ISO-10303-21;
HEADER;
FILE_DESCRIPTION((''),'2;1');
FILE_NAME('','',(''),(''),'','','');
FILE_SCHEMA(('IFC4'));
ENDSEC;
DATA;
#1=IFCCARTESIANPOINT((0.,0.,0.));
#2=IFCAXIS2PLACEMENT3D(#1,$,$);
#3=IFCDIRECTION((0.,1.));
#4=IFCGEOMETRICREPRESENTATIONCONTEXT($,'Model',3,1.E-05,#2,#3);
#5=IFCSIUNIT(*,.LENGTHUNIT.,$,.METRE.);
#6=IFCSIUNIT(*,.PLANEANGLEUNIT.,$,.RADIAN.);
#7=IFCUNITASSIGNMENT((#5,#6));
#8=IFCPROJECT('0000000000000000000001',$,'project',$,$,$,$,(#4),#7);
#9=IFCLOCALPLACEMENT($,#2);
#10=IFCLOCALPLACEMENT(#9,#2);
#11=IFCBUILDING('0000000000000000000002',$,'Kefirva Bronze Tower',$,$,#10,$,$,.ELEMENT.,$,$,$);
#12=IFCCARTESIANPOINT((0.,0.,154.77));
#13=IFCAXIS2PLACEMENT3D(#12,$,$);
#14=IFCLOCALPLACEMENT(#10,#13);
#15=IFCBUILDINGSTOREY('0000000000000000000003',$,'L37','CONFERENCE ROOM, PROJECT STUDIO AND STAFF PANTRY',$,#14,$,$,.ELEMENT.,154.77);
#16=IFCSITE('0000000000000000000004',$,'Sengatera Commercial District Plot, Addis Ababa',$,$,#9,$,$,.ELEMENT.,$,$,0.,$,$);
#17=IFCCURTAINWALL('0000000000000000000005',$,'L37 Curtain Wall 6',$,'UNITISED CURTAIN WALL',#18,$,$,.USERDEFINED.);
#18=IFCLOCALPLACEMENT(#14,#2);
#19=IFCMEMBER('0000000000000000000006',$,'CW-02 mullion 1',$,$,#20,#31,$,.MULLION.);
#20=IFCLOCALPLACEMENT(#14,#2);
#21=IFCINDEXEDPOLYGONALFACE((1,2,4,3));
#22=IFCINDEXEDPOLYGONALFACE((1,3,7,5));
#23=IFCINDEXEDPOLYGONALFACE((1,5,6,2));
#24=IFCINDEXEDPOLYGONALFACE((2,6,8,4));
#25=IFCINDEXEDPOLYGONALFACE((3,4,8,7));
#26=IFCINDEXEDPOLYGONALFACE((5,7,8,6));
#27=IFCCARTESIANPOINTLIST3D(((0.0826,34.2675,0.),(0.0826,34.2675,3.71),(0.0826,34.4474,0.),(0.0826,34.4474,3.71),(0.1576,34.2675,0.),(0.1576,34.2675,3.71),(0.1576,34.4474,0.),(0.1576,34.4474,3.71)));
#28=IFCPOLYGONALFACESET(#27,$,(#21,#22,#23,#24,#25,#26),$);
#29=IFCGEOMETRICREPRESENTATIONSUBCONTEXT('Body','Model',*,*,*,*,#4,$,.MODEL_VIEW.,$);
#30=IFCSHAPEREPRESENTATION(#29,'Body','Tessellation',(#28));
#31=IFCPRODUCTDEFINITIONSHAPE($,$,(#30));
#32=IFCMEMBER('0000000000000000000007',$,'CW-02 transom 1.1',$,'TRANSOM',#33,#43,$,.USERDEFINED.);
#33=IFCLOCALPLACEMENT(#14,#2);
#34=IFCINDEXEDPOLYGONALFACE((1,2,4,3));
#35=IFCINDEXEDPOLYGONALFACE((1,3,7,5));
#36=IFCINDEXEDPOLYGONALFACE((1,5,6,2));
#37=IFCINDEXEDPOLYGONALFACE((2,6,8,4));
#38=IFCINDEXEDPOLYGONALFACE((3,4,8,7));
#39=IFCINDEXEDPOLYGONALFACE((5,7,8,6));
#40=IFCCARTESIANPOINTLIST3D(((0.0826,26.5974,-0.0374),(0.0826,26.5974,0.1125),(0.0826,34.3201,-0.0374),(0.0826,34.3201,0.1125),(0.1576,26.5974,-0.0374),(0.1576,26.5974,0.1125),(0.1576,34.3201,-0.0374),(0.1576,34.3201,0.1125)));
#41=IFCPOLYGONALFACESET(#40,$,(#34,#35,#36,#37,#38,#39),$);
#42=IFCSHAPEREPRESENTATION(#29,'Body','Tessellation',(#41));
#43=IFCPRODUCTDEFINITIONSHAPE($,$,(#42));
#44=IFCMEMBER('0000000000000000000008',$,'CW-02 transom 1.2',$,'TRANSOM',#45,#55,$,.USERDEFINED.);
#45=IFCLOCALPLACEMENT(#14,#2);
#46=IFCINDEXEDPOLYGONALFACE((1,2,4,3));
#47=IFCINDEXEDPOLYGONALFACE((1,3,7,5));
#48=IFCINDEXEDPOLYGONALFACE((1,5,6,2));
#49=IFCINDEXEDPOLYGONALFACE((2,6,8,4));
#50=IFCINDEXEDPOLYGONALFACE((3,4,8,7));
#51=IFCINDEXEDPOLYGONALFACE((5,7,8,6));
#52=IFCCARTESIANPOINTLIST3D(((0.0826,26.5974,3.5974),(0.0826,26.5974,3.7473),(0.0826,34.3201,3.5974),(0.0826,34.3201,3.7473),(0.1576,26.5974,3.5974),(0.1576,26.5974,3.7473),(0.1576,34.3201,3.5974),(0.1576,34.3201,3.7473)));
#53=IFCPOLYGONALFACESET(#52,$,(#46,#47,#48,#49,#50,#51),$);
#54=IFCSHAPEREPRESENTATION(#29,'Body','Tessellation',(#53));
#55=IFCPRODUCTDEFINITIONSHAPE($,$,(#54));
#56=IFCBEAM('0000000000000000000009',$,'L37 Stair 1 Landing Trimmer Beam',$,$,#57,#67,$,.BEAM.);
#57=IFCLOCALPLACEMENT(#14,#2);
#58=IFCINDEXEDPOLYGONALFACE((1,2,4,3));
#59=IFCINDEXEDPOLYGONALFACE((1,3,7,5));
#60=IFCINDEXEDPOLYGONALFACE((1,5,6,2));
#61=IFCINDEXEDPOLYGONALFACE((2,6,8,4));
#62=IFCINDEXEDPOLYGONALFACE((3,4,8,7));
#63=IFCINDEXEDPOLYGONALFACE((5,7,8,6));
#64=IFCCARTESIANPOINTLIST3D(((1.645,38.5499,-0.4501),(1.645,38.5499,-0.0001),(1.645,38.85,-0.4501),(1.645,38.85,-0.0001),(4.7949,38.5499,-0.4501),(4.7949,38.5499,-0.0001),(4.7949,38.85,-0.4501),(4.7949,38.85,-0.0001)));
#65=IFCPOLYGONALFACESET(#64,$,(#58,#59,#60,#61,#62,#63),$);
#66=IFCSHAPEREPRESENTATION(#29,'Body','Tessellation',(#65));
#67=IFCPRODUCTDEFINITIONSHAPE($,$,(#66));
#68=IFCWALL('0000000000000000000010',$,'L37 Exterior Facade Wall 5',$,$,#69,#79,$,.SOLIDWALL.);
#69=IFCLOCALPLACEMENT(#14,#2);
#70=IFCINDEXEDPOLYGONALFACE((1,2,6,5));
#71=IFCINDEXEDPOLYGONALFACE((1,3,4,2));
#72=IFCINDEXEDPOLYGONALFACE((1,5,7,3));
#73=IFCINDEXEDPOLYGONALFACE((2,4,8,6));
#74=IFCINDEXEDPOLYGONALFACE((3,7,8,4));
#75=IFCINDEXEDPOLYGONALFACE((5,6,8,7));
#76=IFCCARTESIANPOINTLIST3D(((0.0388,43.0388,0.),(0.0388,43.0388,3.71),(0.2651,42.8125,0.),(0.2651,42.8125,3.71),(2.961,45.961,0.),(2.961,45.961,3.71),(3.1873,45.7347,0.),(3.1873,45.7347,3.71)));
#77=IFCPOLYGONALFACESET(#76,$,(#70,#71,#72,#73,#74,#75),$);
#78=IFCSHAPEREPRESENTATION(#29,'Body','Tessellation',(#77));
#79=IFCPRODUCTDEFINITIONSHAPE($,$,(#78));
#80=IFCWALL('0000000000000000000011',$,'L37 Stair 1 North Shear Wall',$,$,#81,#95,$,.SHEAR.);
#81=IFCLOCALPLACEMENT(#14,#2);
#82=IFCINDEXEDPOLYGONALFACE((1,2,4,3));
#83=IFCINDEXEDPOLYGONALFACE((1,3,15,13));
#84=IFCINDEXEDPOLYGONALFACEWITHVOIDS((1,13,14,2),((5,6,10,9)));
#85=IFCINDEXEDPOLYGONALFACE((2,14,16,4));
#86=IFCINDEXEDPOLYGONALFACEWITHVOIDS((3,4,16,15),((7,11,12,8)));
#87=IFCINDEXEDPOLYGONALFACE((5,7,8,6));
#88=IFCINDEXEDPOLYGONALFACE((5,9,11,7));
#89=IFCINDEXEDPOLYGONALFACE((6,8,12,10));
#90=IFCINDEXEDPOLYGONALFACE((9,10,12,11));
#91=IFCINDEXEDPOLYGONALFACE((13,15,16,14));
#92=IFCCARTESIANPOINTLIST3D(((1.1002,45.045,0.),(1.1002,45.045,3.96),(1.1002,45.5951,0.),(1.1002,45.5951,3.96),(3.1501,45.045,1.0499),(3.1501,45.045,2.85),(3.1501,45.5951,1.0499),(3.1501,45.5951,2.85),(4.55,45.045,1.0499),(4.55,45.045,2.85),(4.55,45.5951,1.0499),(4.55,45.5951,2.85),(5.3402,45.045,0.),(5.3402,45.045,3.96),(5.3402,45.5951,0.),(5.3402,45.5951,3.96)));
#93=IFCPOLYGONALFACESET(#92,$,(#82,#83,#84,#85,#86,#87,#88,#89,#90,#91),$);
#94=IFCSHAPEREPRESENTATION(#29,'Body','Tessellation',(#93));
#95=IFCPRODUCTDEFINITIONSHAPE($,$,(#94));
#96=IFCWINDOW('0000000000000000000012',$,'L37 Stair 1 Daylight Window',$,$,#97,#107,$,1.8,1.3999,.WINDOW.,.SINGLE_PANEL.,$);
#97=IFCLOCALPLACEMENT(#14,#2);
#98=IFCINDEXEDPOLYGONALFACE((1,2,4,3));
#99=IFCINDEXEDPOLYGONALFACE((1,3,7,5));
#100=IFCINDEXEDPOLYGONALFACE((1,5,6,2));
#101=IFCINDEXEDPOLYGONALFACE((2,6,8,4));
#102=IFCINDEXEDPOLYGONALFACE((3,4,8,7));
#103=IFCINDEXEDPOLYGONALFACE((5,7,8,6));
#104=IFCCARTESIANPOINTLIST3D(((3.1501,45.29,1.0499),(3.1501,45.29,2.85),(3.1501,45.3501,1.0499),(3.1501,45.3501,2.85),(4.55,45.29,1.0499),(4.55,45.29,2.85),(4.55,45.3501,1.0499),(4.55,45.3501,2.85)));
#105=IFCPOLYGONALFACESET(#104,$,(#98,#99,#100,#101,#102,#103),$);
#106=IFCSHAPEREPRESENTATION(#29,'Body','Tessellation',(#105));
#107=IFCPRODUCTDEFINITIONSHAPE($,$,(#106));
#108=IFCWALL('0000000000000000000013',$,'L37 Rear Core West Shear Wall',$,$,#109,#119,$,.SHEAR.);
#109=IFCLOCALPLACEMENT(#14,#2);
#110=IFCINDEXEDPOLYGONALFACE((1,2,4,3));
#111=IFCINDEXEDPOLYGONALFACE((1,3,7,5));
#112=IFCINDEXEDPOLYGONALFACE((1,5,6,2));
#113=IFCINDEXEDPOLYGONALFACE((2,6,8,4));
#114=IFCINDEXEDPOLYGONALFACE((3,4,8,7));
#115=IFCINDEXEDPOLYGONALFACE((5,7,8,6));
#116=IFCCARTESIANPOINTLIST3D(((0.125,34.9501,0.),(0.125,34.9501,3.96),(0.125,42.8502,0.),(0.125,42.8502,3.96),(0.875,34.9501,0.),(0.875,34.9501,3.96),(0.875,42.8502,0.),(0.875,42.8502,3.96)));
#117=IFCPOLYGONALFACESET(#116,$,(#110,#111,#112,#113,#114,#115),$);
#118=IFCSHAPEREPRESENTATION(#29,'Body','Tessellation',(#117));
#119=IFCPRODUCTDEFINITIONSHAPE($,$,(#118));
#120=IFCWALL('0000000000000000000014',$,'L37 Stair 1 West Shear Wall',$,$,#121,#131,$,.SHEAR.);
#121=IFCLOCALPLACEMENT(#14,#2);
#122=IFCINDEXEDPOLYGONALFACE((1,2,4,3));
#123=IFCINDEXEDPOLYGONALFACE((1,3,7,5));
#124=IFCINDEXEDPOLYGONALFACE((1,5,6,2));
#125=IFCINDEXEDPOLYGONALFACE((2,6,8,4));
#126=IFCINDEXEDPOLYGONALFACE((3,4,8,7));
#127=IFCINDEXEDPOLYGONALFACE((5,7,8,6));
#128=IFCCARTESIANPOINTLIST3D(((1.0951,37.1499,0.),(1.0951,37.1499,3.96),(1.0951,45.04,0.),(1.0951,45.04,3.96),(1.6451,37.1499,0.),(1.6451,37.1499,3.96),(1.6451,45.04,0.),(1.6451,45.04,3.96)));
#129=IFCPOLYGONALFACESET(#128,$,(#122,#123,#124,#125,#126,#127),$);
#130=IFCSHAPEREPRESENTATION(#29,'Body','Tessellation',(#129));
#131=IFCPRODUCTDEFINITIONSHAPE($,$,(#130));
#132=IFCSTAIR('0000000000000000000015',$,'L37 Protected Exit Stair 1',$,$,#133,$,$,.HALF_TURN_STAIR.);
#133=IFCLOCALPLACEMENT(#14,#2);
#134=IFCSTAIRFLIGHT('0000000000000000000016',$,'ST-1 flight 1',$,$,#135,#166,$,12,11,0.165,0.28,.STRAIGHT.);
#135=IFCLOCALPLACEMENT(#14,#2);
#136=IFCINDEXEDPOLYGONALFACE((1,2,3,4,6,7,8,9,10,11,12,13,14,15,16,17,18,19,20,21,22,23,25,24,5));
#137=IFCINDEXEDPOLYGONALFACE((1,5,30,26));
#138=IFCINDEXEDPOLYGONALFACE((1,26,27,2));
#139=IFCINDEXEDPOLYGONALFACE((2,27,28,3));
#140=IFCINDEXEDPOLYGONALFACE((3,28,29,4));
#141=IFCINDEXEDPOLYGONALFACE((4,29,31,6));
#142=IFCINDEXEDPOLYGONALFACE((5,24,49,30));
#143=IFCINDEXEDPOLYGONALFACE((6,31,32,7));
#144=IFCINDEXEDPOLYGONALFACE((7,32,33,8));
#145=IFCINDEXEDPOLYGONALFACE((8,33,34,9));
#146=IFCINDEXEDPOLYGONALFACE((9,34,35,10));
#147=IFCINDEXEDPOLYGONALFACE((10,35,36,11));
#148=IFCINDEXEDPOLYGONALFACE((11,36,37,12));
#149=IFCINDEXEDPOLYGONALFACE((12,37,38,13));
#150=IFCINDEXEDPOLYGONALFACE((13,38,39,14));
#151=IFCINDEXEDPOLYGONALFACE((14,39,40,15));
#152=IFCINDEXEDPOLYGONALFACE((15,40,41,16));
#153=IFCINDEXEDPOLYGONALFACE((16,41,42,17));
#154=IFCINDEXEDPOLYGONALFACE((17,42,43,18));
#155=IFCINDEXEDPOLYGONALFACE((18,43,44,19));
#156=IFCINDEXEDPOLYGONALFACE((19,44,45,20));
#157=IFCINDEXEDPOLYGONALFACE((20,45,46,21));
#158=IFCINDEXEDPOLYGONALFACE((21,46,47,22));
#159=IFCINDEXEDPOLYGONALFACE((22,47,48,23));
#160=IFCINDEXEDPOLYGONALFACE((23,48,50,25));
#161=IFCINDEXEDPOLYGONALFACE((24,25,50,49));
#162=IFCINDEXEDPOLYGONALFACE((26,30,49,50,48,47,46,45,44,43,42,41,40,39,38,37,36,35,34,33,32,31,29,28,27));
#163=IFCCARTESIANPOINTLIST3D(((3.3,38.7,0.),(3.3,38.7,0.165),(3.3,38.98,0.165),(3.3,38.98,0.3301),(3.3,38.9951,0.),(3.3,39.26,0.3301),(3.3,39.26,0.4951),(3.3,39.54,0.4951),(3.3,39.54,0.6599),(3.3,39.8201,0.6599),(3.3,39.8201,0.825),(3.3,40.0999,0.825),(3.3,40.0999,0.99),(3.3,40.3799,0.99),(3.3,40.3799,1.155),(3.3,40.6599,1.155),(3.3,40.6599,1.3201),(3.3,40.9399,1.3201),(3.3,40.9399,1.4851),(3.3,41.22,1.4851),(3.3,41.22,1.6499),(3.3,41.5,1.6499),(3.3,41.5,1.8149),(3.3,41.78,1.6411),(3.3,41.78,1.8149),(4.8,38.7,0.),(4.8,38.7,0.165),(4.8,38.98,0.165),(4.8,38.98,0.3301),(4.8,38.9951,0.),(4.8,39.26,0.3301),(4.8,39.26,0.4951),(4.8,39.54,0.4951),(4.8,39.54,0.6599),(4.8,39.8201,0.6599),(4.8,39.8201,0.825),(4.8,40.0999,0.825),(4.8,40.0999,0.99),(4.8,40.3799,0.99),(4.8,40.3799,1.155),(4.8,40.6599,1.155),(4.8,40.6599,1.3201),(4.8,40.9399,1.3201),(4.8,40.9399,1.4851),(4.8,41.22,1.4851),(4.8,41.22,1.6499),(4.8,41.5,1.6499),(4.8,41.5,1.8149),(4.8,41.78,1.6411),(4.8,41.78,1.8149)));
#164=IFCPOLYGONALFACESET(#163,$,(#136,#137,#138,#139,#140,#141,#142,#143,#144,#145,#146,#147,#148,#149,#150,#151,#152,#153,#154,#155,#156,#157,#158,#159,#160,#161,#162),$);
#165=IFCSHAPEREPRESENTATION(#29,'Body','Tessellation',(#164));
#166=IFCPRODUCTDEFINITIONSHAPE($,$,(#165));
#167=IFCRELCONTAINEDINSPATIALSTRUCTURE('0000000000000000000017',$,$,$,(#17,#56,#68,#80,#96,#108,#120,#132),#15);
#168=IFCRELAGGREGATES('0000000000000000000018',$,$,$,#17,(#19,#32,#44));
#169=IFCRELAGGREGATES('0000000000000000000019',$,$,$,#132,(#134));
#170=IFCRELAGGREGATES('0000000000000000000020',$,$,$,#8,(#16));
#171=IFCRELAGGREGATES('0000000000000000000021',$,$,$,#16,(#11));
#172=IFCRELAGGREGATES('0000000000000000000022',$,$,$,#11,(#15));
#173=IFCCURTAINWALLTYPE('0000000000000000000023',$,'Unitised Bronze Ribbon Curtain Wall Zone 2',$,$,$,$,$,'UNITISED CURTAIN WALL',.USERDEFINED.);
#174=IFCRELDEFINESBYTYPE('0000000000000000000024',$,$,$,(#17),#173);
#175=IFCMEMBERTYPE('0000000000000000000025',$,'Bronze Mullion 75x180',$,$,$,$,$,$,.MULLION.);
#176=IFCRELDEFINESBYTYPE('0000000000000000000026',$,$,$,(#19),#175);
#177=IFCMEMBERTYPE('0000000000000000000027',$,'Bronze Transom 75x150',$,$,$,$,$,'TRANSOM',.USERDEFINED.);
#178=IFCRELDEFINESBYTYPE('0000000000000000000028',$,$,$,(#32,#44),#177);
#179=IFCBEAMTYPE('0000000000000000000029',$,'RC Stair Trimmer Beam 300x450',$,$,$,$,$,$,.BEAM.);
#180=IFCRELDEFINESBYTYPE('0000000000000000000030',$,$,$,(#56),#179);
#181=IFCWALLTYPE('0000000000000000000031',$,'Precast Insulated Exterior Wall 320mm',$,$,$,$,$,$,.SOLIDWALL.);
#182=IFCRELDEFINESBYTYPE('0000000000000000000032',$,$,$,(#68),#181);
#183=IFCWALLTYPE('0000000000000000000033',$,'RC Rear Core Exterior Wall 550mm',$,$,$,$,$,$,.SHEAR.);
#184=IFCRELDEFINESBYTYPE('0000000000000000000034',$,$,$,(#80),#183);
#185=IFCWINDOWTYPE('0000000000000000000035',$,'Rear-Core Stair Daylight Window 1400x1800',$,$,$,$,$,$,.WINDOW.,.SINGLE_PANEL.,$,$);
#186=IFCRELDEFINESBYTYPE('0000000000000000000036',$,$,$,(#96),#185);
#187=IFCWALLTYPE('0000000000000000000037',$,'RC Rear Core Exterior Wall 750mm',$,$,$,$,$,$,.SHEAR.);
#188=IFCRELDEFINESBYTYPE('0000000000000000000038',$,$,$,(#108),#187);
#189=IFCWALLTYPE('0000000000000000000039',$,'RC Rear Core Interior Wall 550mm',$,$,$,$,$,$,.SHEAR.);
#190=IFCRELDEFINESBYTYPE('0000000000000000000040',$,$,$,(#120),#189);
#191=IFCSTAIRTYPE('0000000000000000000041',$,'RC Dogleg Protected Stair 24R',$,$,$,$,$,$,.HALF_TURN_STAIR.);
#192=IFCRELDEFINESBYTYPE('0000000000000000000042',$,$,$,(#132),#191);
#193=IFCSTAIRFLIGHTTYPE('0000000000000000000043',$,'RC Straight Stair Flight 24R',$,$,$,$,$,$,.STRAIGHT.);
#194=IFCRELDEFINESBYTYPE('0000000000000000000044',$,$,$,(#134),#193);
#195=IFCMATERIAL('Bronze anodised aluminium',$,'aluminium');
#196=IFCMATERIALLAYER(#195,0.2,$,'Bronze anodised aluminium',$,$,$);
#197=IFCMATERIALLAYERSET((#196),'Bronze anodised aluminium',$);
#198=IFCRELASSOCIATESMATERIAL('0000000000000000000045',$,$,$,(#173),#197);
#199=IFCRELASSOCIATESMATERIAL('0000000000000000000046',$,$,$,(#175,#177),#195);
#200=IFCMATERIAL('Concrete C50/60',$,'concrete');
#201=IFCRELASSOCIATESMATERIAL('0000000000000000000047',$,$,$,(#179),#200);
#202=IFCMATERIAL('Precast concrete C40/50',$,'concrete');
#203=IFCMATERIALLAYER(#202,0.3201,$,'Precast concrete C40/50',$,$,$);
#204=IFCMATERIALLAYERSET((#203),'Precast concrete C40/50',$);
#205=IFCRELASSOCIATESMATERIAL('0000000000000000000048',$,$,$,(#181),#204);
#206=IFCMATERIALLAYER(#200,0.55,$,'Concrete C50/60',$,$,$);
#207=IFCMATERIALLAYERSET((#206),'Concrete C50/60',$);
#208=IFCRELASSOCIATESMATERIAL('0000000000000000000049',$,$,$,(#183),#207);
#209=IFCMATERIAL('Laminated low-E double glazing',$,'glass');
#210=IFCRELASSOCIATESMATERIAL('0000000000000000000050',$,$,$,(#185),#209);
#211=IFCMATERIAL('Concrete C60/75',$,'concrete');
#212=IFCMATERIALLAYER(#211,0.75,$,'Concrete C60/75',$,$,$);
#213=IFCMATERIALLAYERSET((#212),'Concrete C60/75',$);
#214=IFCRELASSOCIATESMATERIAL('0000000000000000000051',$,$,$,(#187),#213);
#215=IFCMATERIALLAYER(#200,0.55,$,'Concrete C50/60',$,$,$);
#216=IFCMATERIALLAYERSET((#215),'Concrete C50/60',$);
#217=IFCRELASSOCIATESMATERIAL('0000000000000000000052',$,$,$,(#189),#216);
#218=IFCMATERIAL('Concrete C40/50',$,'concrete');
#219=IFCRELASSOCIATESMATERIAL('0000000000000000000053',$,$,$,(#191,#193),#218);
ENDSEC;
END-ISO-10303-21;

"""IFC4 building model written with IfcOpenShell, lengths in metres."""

from ifc_helpers import new_model, si_unit, direction, frame, frame_2d, origin, origin_2d, place, context, subcontext, project, spatial, polyline, rectangle, outline, extrude, material, layer, layer_set, material_profile, profile_set, type_object, element, fill, aggregate, save


model = new_model("IFC4")

# Units and contexts
model_context = context("Model", 3, precision=1e-05, world=origin(), true_north=direction((0.0, 1.0)))
body_context = subcontext(model_context, "Body", "Model", "MODEL_VIEW")
ifc_project = project(units=[si_unit("LENGTHUNIT", "METRE"), si_unit("PLANEANGLEUNIT", "RADIAN")], contexts=[model_context])

# Site, building, storey
site_placement = place(None, origin())
site = spatial("IfcSite", under=ifc_project, at=site_placement, Name="Sengatera Commercial District Plot, Addis Ababa", CompositionType="ELEMENT", RefElevation=0.0)
building_placement = place(site_placement, origin())
building = spatial("IfcBuilding", under=site, at=building_placement, Name="Kefirva Bronze Tower", CompositionType="ELEMENT")
storey_placement = place(building_placement, frame((0.0, 0.0, 154.77)))
storey = spatial("IfcBuildingStorey", under=building, at=storey_placement, Name="L37", Description="CONFERENCE ROOM, PROJECT STUDIO AND STAFF PANTRY", CompositionType="ELEMENT", Elevation=154.77)

# Curtain wall, members
ifc_material_1 = material(Name="Bronze anodised aluminium", Category="aluminium")
ifc_layer_1 = layer(ifc_material_1, 0.2, Name="Bronze anodised aluminium")
ifc_layer_set_1 = layer_set([ifc_layer_1], Name="Bronze anodised aluminium")
curtain_wall_type = type_object("IfcCurtainWallType", Name="Unitised Bronze Ribbon Curtain Wall Zone 2", ElementType="UNITISED CURTAIN WALL", PredefinedType="USERDEFINED", material=ifc_layer_set_1)
curtain_wall_placement = place(storey_placement, origin())
curtain_wall = element("IfcCurtainWall", 1, at=curtain_wall_placement, inside=storey, type_object=curtain_wall_type, Name="L37 Curtain Wall 6", ObjectType="UNITISED CURTAIN WALL", PredefinedType="USERDEFINED")
ifc_material_profile_1 = material_profile(ifc_material_1, rectangle(XDim=0.075, YDim=0.1799, at=origin_2d()), Name="ALU 75x180")
ifc_profile_set_1 = profile_set([ifc_material_profile_1], Name="Bronze anodised aluminium")
member_type_1 = type_object("IfcMemberType", Name="Bronze Mullion 75x180", PredefinedType="MULLION", material=ifc_profile_set_1)
member_1_placement = place(storey_placement, frame((0.1201, 34.3574, 0.0), z_axis=(0.0, 0.0, 1.0), x_axis=(1.0, 0.0, 0.0)))
member_1 = element("IfcMember", 2, at=member_1_placement, type_object=member_type_1, Name="CW-02 mullion 1", PredefinedType="MULLION", context=body_context, shape_type="SweptSolid", body=[
    extrude(rectangle(XDim=0.075, YDim=0.1799, at=origin_2d()), origin(), (0.0, 0.0, 1.0), 3.71),
])
ifc_material_profile_2 = material_profile(ifc_material_1, rectangle(XDim=0.075, YDim=0.1499, at=origin_2d()), Name="ALU 75x150")
ifc_profile_set_2 = profile_set([ifc_material_profile_2], Name="Bronze anodised aluminium")
member_type_2 = type_object("IfcMemberType", Name="Bronze Transom 75x150", ElementType="TRANSOM", PredefinedType="USERDEFINED", material=ifc_profile_set_2)
member_2_placement = place(storey_placement, frame((0.1201, 34.3201, 0.0376), z_axis=(0.0, -1.0, 0.0), x_axis=(1.0, 0.0, 0.0)))
member_2 = element("IfcMember", 3, at=member_2_placement, type_object=member_type_2, Name="CW-02 transom 1.1", ObjectType="TRANSOM", PredefinedType="USERDEFINED", context=body_context, shape_type="SweptSolid", body=[
    extrude(rectangle(XDim=0.075, YDim=0.1499, at=origin_2d()), origin(), (0.0, 0.0, 1.0), 7.7227),
])
member_3_placement = place(storey_placement, frame((0.1201, 34.3201, 3.6724), z_axis=(0.0, -1.0, 0.0), x_axis=(1.0, 0.0, 0.0)))
member_3 = element("IfcMember", 4, at=member_3_placement, type_object=member_type_2, Name="CW-02 transom 1.2", ObjectType="TRANSOM", PredefinedType="USERDEFINED", context=body_context, shape_type="SweptSolid", body=[
    extrude(rectangle(XDim=0.075, YDim=0.1499, at=origin_2d()), origin(), (0.0, 0.0, 1.0), 7.7227),
])
aggregate(curtain_wall, [member_1, member_2, member_3])

# Beam
ifc_material_2 = material(Name="Concrete C50/60", Category="concrete")
ifc_material_profile_3 = material_profile(ifc_material_2, rectangle(XDim=0.3, YDim=0.45, at=origin_2d()), Name="RC 300x450")
ifc_profile_set_3 = profile_set([ifc_material_profile_3], Name="Concrete C50/60")
beam_type = type_object("IfcBeamType", Name="RC Stair Trimmer Beam 300x450", PredefinedType="BEAM", material=ifc_profile_set_3)
beam_placement = place(storey_placement, frame((1.645, 38.7, -0.2251), z_axis=(1.0, 0.0, 0.0), x_axis=(0.0, 1.0, 0.0)))
element("IfcBeam", 5, at=beam_placement, inside=storey, type_object=beam_type, Name="L37 Stair 1 Landing Trimmer Beam", PredefinedType="BEAM", context=body_context, shape_type="SweptSolid", body=[
    extrude(rectangle(XDim=0.3, YDim=0.45, at=origin_2d()), origin(), (0.0, 0.0, 1.0), 3.1499),
])

# Wall
ifc_material_3 = material(Name="Precast concrete C40/50", Category="concrete")
ifc_layer_2 = layer(ifc_material_3, 0.3201, Name="Precast concrete C40/50")
ifc_layer_set_2 = layer_set([ifc_layer_2], Name="Precast concrete C40/50")
wall_type_1 = type_object("IfcWallType", Name="Precast Insulated Exterior Wall 320mm", PredefinedType="SOLIDWALL", material=ifc_layer_set_2)
wall_1_placement = place(storey_placement, frame((3.0742, 45.8479, 0.0), z_axis=(0.0, 0.0, 1.0), x_axis=(-0.707107, -0.707107, 0.0)))
element("IfcWall", 6, at=wall_1_placement, inside=storey, type_object=wall_type_1, Name="L37 Exterior Facade Wall 5", PredefinedType="SOLIDWALL", context=body_context, shape_type="SweptSolid", body=[
    extrude(rectangle(XDim=4.1326, YDim=0.3201, at=frame_2d((2.0664, 0.0))), origin(), (0.0, 0.0, 1.0), 3.71),
])

# Wall, opening, window
ifc_layer_3 = layer(ifc_material_2, 0.55, Name="Concrete C50/60")
ifc_layer_set_3 = layer_set([ifc_layer_3], Name="Concrete C50/60")
wall_type_2 = type_object("IfcWallType", Name="RC Rear Core Exterior Wall 550mm", PredefinedType="SHEAR", material=ifc_layer_set_3)
wall_2_placement = place(storey_placement, frame((1.1001, 45.3201, 0.0), z_axis=(0.0, 0.0, 1.0), x_axis=(1.0, 0.0, 0.0)))
wall_2 = element("IfcWall", 7, at=wall_2_placement, inside=storey, type_object=wall_type_2, Name="L37 Stair 1 North Shear Wall", PredefinedType="SHEAR", context=body_context, shape_type="SweptSolid", body=[
    extrude(rectangle(XDim=4.24, YDim=0.55, at=frame_2d((2.1201, 0.0))), origin(), (0.0, 0.0, 1.0), 3.96),
])
opening_1_placement = place(wall_2_placement, frame((2.05, 0.0, 1.05)))
opening_1 = element("IfcOpeningElement", 8, at=opening_1_placement, cuts=wall_2, PredefinedType="OPENING", context=body_context, shape_type="SweptSolid", body=[
    extrude(rectangle(XDim=1.3999, YDim=1.8, at=frame_2d((0.7, 0.8999))), frame((0.0, 0.2852, 0.0), z_axis=(0.0, -1.0, 0.0), x_axis=(1.0, 0.0, 0.0)), (0.0, 0.0, 1.0), 0.5701),
])
ifc_material_4 = material(Name="Laminated low-E double glazing", Category="glass")
window_type = type_object("IfcWindowType", Name="Rear-Core Stair Daylight Window 1400x1800", PartitioningType="SINGLE_PANEL", PredefinedType="WINDOW", material=ifc_material_4)
window_placement = place(opening_1_placement, origin())
window = element("IfcWindow", 9, at=window_placement, inside=storey, type_object=window_type, Name="L37 Stair 1 Daylight Window", OverallHeight=1.8, OverallWidth=1.3999, PartitioningType="SINGLE_PANEL", PredefinedType="WINDOW", context=body_context, shape_type="SweptSolid", body=[
    extrude(rectangle(XDim=1.3999, YDim=1.8, at=frame_2d((0.7, 0.8999))), frame((0.0, 0.03, 0.0), z_axis=(0.0, -1.0, 0.0), x_axis=(1.0, 0.0, 0.0)), (0.0, 0.0, 1.0), 0.0601),
])
fill(opening_1, window)

# Walls
ifc_material_5 = material(Name="Concrete C60/75", Category="concrete")
ifc_layer_4 = layer(ifc_material_5, 0.75, Name="Concrete C60/75")
ifc_layer_set_4 = layer_set([ifc_layer_4], Name="Concrete C60/75")
wall_type_3 = type_object("IfcWallType", Name="RC Rear Core Exterior Wall 750mm", PredefinedType="SHEAR", material=ifc_layer_set_4)
wall_3_placement = place(storey_placement, frame((0.5, 34.95, 0.0), z_axis=(0.0, 0.0, 1.0), x_axis=(0.0, 1.0, 0.0)))
element("IfcWall", 10, at=wall_3_placement, inside=storey, type_object=wall_type_3, Name="L37 Rear Core West Shear Wall", PredefinedType="SHEAR", context=body_context, shape_type="SweptSolid", body=[
    extrude(rectangle(XDim=7.9001, YDim=0.75, at=frame_2d((3.9502, 0.0))), origin(), (0.0, 0.0, 1.0), 3.96),
])
ifc_layer_5 = layer(ifc_material_2, 0.55, Name="Concrete C50/60")
ifc_layer_set_5 = layer_set([ifc_layer_5], Name="Concrete C50/60")
wall_type_4 = type_object("IfcWallType", Name="RC Rear Core Interior Wall 550mm", PredefinedType="SHEAR", material=ifc_layer_set_5)
wall_4_placement = place(storey_placement, frame((1.3701, 37.1499, 0.0), z_axis=(0.0, 0.0, 1.0), x_axis=(0.0, 1.0, 0.0)))
element("IfcWall", 11, at=wall_4_placement, inside=storey, type_object=wall_type_4, Name="L37 Stair 1 West Shear Wall", PredefinedType="SHEAR", context=body_context, shape_type="SweptSolid", body=[
    extrude(rectangle(XDim=7.8901, YDim=0.55, at=frame_2d((3.9451, 0.0))), origin(), (0.0, 0.0, 1.0), 3.96),
])

# Stair, stair flight
ifc_material_6 = material(Name="Concrete C40/50", Category="concrete")
stair_type = type_object("IfcStairType", Name="RC Dogleg Protected Stair 24R", PredefinedType="HALF_TURN_STAIR", material=ifc_material_6)
stair_placement = place(storey_placement, origin())
stair = element("IfcStair", 12, at=stair_placement, inside=storey, type_object=stair_type, Name="L37 Protected Exit Stair 1", PredefinedType="HALF_TURN_STAIR")
stair_flight_type = type_object("IfcStairFlightType", Name="RC Straight Stair Flight 24R", PredefinedType="STRAIGHT", material=ifc_material_6)
stair_flight_1_placement = place(storey_placement, frame((4.05, 38.7, 0.0), z_axis=(0.0, 0.0, 1.0), x_axis=(0.0, 1.0, 0.0)))
stair_flight_1 = element("IfcStairFlight", 13, at=stair_flight_1_placement, type_object=stair_flight_type, Name="ST-1 flight 1", NumberOfRisers=12, NumberOfTreads=11, PredefinedType="STRAIGHT", RiserHeight=0.165, TreadLength=0.28, context=body_context, shape_type="SweptSolid", body=[
    extrude(outline(polyline([(0.0, 0.0), (0.0, 0.165), (0.28, 0.165), (0.28, 0.3301), (0.5601, 0.3301), (0.5601, 0.4951), (0.8401, 0.4951), (0.8401, 0.6599), (1.1201, 0.6599), (1.1201, 0.825), (1.3999, 0.825), (1.3999, 0.99), (1.6799, 0.99), (1.6799, 1.155), (1.96, 1.155), (1.96, 1.3201), (2.24, 1.3201), (2.24, 1.4851), (2.52, 1.4851), (2.52, 1.6499), (2.8, 1.6499), (2.8, 1.8149), (3.0801, 1.8149), (3.0801, 1.98), (3.0801, 1.6411), (0.2952, 0.0), (0.0, 0.0)])), frame((0.0, 0.75, 0.0), z_axis=(0.0, -1.0, 0.0), x_axis=(1.0, 0.0, 0.0)), (0.0, 0.0, 1.0), 1.5),
])
aggregate(stair, [stair_flight_1])

save(model, "model.ifc")
